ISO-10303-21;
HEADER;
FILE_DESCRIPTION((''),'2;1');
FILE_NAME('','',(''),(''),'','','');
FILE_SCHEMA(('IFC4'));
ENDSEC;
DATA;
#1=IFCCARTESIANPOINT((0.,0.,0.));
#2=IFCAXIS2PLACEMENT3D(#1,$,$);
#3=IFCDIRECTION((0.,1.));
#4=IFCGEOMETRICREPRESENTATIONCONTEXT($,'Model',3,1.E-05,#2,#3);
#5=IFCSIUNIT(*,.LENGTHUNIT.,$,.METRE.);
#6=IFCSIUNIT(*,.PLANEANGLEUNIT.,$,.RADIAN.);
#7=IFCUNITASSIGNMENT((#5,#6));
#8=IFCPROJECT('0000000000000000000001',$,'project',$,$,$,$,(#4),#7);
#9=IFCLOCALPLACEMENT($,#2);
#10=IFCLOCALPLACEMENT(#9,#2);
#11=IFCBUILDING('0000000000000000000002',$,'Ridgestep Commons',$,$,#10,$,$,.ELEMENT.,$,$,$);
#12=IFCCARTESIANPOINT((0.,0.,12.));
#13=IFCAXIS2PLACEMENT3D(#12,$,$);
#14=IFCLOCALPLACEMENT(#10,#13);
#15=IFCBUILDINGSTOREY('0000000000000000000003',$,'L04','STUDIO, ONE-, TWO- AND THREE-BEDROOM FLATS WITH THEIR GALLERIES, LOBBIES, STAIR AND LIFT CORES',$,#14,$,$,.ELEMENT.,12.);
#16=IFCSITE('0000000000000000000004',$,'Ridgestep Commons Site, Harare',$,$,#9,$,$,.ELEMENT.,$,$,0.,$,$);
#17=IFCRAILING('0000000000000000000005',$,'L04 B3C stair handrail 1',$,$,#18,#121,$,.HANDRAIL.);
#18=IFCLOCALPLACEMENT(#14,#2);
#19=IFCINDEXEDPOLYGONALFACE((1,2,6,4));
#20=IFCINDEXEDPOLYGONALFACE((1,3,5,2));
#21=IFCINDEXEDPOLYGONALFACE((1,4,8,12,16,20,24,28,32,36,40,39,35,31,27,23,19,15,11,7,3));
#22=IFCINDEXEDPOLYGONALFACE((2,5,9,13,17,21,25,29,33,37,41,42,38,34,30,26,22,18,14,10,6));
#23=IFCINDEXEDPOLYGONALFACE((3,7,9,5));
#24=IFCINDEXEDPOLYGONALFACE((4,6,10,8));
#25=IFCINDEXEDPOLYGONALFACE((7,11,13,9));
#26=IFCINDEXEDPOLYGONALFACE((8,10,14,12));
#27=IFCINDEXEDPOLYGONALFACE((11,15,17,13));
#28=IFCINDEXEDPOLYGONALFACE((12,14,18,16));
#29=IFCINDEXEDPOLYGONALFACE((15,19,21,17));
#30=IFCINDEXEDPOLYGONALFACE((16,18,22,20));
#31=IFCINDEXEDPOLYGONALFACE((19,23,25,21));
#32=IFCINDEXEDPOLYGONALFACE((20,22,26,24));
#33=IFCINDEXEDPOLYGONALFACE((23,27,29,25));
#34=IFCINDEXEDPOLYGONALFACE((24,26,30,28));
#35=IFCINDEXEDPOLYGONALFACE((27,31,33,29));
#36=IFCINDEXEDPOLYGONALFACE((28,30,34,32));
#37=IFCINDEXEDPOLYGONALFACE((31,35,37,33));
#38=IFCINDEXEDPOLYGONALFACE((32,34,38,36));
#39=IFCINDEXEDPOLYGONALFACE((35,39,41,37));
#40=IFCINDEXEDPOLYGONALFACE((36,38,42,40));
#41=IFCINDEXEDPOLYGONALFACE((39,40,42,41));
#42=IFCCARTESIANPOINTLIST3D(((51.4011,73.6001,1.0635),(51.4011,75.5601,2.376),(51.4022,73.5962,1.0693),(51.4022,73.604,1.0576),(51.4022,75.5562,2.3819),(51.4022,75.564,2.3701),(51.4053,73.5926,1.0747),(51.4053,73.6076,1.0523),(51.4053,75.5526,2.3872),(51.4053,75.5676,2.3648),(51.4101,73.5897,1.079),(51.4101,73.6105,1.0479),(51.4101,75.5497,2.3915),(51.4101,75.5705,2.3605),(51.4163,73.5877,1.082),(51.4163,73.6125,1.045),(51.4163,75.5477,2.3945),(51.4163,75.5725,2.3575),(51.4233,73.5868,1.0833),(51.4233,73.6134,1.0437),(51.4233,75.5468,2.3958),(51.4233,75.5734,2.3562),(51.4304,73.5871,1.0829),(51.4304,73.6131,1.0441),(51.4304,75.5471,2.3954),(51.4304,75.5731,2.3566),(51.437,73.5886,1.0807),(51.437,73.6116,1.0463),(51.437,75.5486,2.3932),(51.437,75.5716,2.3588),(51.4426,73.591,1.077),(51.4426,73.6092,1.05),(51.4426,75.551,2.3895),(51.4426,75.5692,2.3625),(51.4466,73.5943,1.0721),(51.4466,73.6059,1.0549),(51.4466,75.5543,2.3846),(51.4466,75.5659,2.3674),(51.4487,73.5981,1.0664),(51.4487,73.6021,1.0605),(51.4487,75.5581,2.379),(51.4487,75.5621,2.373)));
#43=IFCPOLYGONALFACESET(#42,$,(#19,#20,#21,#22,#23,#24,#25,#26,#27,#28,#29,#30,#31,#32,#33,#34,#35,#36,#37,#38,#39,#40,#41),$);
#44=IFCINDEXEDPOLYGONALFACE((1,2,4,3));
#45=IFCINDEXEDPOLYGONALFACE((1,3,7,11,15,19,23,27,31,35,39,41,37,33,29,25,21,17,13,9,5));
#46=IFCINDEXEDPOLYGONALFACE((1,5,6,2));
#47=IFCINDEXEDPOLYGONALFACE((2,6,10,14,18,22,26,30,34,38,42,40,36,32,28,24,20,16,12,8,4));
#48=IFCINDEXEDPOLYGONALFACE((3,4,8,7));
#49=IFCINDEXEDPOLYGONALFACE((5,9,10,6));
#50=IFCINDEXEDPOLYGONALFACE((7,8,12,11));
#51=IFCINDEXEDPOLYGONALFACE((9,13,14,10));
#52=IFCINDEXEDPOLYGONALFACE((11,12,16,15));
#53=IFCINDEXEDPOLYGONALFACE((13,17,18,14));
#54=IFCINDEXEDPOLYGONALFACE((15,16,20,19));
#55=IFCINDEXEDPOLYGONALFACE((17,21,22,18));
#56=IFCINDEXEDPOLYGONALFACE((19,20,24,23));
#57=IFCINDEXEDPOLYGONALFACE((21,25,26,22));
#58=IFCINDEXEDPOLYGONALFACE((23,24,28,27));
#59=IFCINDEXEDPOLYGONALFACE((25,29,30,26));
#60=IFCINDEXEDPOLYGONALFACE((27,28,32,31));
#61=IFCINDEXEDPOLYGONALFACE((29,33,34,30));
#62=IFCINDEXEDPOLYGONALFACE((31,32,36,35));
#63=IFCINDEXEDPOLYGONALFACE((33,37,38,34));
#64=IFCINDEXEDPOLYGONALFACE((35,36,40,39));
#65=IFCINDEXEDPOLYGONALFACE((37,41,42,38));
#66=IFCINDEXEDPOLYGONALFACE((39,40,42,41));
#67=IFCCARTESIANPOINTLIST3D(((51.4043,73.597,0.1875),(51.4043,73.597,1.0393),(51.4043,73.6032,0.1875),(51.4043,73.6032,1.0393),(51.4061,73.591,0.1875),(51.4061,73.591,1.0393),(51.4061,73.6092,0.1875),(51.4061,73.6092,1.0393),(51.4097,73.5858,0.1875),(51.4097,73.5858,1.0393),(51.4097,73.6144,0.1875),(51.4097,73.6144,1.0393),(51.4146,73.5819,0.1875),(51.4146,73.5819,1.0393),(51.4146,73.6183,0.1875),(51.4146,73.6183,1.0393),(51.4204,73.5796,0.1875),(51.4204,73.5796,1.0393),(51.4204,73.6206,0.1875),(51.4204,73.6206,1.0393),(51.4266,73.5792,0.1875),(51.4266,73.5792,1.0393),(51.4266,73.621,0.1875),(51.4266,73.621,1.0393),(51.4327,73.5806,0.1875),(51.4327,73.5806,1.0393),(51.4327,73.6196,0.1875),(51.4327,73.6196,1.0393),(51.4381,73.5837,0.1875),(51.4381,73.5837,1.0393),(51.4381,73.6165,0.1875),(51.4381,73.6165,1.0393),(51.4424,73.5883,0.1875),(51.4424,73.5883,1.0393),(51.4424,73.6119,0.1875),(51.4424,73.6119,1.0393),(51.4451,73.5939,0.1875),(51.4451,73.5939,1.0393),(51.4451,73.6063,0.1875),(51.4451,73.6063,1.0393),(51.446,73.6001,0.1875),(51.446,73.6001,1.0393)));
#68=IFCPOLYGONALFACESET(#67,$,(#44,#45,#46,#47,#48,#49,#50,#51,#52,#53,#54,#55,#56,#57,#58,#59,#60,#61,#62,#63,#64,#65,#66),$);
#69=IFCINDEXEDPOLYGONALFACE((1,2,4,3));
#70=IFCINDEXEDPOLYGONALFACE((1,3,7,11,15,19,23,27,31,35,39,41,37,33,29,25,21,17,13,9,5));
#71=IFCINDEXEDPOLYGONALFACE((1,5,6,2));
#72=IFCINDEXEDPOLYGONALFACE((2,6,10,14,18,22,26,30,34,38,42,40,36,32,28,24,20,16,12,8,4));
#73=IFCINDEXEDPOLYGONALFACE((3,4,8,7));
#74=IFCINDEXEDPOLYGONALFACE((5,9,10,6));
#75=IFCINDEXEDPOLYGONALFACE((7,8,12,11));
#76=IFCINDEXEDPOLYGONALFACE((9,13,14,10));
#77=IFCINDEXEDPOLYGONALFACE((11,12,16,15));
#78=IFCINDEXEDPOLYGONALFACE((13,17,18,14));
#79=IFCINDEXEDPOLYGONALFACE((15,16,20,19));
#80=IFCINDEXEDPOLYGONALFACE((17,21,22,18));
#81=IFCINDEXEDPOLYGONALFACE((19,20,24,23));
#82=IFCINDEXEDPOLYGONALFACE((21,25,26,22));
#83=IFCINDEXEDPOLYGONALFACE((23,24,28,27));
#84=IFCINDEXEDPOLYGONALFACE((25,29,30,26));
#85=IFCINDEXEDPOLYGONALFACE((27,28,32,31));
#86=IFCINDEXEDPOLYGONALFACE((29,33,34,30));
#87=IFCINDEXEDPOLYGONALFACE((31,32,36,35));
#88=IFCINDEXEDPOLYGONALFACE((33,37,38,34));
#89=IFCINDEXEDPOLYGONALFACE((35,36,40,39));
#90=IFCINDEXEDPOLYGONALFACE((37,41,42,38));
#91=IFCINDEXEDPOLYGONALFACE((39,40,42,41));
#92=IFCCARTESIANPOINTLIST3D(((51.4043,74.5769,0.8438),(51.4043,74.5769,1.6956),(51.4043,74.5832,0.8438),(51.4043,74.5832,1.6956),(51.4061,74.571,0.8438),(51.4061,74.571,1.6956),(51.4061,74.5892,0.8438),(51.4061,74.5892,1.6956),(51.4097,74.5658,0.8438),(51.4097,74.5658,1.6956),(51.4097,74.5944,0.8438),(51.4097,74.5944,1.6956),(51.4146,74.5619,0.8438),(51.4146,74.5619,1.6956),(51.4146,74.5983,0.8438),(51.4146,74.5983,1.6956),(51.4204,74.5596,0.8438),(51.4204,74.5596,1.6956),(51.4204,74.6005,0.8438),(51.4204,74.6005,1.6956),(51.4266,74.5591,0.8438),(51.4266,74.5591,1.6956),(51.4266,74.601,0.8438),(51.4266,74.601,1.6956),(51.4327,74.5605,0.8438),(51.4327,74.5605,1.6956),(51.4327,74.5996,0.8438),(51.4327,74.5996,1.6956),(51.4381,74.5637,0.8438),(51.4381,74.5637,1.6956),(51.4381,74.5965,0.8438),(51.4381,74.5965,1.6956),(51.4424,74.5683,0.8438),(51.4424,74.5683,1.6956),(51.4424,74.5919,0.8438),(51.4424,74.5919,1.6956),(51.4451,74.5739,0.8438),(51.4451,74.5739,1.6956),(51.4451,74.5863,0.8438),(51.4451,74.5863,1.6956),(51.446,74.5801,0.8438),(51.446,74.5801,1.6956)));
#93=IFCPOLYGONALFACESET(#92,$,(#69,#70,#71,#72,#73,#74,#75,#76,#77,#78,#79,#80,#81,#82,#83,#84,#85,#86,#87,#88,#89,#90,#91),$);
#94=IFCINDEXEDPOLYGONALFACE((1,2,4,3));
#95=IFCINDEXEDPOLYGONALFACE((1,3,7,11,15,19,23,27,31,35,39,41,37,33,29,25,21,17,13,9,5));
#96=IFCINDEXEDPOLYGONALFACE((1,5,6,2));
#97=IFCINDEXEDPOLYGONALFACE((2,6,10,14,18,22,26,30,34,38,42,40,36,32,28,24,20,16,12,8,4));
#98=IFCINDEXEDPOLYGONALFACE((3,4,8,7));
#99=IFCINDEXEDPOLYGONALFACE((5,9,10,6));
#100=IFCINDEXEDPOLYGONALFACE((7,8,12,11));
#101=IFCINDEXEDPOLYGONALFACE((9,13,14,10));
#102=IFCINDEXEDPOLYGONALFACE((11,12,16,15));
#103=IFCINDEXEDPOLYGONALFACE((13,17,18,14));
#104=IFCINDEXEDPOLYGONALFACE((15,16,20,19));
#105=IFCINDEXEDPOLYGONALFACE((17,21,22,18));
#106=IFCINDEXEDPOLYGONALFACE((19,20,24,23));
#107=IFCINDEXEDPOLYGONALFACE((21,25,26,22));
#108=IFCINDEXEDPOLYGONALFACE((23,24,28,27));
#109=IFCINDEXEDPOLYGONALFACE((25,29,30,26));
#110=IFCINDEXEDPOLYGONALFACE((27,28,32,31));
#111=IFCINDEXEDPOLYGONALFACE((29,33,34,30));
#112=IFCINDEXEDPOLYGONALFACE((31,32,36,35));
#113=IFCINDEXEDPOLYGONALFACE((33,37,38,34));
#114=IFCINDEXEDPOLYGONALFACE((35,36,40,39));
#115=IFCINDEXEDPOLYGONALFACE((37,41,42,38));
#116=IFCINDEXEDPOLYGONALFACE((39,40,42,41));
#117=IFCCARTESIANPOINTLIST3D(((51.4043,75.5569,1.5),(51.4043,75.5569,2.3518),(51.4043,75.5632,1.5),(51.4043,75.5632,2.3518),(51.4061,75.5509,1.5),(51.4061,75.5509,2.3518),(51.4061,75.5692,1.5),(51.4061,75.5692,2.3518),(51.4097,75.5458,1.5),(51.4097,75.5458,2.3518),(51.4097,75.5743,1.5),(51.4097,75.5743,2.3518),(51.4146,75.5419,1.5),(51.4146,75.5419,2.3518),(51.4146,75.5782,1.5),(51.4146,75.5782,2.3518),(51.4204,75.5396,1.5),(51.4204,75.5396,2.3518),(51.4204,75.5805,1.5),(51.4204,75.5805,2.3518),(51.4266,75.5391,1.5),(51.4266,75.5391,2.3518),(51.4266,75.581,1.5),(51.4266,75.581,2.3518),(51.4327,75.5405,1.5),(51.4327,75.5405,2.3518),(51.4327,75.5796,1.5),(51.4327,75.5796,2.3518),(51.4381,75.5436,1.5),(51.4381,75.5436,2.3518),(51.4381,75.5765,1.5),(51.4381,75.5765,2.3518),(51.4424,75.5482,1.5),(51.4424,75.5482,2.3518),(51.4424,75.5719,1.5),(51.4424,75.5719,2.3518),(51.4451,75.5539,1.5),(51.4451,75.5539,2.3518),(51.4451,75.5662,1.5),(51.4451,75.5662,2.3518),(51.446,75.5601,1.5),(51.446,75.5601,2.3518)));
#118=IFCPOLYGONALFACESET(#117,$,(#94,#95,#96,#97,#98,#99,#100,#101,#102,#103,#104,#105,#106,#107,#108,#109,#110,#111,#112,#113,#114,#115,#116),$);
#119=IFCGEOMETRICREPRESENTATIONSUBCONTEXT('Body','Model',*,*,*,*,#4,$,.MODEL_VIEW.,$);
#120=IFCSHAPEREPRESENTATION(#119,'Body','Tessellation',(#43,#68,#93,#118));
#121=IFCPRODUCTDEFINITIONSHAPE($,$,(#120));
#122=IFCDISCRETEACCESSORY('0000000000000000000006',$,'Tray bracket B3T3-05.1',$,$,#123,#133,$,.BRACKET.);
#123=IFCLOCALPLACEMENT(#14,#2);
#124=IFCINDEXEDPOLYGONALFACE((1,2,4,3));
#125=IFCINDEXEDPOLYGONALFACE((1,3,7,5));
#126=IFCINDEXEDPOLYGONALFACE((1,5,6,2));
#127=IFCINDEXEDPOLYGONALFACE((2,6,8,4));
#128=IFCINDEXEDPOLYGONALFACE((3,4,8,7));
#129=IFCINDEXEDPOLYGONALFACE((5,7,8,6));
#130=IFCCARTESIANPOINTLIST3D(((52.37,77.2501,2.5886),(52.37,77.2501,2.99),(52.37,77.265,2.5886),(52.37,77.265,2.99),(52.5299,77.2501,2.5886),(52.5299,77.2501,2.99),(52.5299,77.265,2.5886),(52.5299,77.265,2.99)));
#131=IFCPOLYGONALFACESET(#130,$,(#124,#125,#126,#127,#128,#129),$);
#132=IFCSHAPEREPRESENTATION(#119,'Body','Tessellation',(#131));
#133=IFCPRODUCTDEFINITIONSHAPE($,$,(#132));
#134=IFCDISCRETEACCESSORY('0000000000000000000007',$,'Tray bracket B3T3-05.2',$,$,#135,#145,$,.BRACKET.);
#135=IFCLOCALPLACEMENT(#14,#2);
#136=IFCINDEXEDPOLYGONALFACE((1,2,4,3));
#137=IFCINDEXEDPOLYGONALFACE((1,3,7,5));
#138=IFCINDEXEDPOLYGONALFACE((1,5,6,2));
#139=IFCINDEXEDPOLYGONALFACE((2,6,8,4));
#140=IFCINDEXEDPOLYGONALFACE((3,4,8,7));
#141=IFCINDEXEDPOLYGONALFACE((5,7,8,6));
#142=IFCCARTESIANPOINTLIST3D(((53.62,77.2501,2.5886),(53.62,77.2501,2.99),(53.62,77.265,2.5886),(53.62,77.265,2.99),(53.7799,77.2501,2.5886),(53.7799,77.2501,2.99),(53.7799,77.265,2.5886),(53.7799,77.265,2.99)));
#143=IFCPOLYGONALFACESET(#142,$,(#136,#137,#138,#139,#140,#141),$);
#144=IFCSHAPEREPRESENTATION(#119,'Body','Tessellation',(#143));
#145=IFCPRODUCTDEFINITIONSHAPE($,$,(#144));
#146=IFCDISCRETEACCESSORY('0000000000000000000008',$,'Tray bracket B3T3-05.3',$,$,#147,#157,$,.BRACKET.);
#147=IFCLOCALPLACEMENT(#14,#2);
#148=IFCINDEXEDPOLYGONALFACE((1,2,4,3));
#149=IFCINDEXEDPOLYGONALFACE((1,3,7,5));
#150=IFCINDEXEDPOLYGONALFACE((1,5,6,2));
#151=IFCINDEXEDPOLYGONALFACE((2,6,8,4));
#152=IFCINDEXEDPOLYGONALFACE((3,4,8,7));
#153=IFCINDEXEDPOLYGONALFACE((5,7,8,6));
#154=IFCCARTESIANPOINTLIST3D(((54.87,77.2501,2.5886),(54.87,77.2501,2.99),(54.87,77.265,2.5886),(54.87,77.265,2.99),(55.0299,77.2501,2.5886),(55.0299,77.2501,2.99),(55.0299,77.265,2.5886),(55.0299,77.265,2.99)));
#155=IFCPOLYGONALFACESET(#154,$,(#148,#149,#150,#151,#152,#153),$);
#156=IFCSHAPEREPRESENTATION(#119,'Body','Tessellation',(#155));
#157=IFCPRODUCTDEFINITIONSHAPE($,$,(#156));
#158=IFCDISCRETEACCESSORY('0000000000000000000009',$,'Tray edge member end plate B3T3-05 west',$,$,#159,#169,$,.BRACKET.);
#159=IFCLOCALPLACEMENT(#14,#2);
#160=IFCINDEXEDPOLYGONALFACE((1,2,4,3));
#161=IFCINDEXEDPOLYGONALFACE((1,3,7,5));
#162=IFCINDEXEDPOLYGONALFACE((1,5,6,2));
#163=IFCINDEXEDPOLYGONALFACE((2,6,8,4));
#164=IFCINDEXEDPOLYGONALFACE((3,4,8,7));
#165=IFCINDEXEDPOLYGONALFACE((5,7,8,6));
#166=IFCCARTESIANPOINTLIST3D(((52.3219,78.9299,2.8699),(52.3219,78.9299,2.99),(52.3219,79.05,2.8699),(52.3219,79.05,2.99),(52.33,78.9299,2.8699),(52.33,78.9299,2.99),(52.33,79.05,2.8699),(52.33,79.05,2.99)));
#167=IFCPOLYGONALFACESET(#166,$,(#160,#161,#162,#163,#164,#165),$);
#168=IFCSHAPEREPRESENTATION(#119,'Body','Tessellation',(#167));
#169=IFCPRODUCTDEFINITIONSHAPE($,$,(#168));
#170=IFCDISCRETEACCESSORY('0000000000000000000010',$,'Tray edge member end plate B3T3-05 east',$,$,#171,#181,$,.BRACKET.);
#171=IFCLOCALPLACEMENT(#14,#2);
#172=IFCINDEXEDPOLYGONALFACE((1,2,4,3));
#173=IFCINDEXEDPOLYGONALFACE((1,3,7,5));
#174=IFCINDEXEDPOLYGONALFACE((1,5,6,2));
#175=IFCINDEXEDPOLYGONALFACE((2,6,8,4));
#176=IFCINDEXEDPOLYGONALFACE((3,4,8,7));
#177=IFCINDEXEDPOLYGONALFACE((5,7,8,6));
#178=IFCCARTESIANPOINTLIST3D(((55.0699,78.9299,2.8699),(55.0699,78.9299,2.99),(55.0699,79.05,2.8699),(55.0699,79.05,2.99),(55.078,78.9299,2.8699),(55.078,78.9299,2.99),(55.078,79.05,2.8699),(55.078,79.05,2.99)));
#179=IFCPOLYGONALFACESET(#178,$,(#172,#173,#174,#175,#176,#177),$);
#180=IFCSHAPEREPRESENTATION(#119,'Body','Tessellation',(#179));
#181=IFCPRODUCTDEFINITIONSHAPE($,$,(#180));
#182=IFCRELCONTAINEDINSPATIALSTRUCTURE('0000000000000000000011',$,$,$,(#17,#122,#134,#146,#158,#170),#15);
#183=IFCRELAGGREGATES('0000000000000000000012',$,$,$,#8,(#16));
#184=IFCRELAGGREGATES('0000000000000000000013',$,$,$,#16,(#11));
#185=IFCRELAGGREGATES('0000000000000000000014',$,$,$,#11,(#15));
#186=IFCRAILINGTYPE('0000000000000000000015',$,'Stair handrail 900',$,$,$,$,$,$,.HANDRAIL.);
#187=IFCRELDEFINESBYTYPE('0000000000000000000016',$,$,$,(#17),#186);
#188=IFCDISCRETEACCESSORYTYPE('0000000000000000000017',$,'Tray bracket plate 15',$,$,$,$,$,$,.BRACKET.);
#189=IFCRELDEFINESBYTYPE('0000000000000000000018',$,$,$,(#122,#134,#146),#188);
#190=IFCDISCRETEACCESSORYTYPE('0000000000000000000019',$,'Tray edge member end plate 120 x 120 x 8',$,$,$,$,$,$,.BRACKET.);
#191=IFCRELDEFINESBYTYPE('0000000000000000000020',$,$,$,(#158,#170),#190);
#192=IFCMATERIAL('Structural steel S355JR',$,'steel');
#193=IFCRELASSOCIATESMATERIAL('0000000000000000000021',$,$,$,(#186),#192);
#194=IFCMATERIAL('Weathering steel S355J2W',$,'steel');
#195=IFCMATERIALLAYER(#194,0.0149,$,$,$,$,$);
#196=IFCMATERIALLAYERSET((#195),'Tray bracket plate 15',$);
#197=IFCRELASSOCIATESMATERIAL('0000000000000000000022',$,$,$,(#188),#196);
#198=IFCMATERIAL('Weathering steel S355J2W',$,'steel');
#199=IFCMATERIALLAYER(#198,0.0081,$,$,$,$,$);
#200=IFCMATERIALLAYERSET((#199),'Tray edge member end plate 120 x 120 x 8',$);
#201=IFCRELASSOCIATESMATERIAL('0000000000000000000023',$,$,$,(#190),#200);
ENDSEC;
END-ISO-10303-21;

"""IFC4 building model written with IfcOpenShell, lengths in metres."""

from ifc_helpers import new_model, si_unit, direction, frame, origin, origin_2d, place, context, subcontext, project, spatial, rectangle, circle, extrude, material, layer, layer_set, type_object, element, save


model = new_model("IFC4")

# Units and contexts
model_context = context("Model", 3, precision=1e-05, world=origin(), true_north=direction((0.0, 1.0)))
body_context = subcontext(model_context, "Body", "Model", "MODEL_VIEW")
ifc_project = project(units=[si_unit("LENGTHUNIT", "METRE"), si_unit("PLANEANGLEUNIT", "RADIAN")], contexts=[model_context])

# Site, building, storey
site_placement = place(None, origin())
site = spatial("IfcSite", under=ifc_project, at=site_placement, Name="Ridgestep Commons Site, Harare", CompositionType="ELEMENT", RefElevation=0.0)
building_placement = place(site_placement, origin())
building = spatial("IfcBuilding", under=site, at=building_placement, Name="Ridgestep Commons", CompositionType="ELEMENT")
storey_placement = place(building_placement, frame((0.0, 0.0, 12.0)))
storey = spatial("IfcBuildingStorey", under=building, at=storey_placement, Name="L04", Description="STUDIO, ONE-, TWO- AND THREE-BEDROOM FLATS WITH THEIR GALLERIES, LOBBIES, STAIR AND LIFT CORES", CompositionType="ELEMENT", Elevation=12.0)

# Railing
ifc_material_1 = material(Name="Structural steel S355JR", Category="steel")
railing_type = type_object("IfcRailingType", Name="Stair handrail 900", PredefinedType="HANDRAIL", material=ifc_material_1)
railing_placement = place(storey_placement, frame((51.425, 73.6001, 0.1875)))
element("IfcRailing", 1, at=railing_placement, inside=storey, type_object=railing_type, Name="L04 B3C stair handrail 1", PredefinedType="HANDRAIL", context=body_context, shape_type="SweptSolid", body=[
    extrude(circle(Radius=0.0239, at=origin_2d()), frame((0.0, 0.0, 0.876), z_axis=(0.0, 0.830902, 0.556419), x_axis=(-1.0, 0.0, 0.0)), (0.0, 0.0, 1.0), 2.3589),
    extrude(circle(Radius=0.021, at=origin_2d()), origin(), (0.0, 0.0, 1.0), 0.8518),
    extrude(circle(Radius=0.021, at=origin_2d()), frame((0.0, 0.98, 0.6562)), (0.0, 0.0, 1.0), 0.8518),
    extrude(circle(Radius=0.021, at=origin_2d()), frame((0.0, 1.96, 1.3125)), (0.0, 0.0, 1.0), 0.8518),
])

# Discrete accessories
ifc_material_2 = material(Name="Weathering steel S355J2W", Category="steel")
ifc_layer_1 = layer(ifc_material_2, 0.0149)
ifc_layer_set_1 = layer_set([ifc_layer_1], Name="Tray bracket plate 15")
discrete_accessory_type_1 = type_object("IfcDiscreteAccessoryType", Name="Tray bracket plate 15", PredefinedType="BRACKET", material=ifc_layer_set_1)
for number, where, z_axis, x_axis, name in (
    (2, (52.45, 77.2576, 2.5886), (0.0, 0.0, 1.0), (1.0, 0.0, 0.0), "Tray bracket B3T3-05.1"),
    (3, (53.7, 77.2576, 2.5886), (0.0, 0.0, 1.0), (1.0, 0.0, 0.0), "Tray bracket B3T3-05.2"),
    (4, (54.95, 77.2576, 2.5886), (0.0, 0.0, 1.0), (1.0, 0.0, 0.0), "Tray bracket B3T3-05.3"),
):
    element("IfcDiscreteAccessory", number, at=place(storey_placement, frame(where, z_axis=z_axis, x_axis=x_axis)), inside=storey, type_object=discrete_accessory_type_1, Name=name, PredefinedType="BRACKET", context=body_context, shape_type="SweptSolid", body=[
        extrude(rectangle(XDim=0.1599, YDim=0.0149, at=origin_2d()), origin(), (0.0, 0.0, 1.0), 0.4014),
    ])
ifc_material_3 = material(Name="Weathering steel S355J2W", Category="steel")
ifc_layer_2 = layer(ifc_material_3, 0.0081)
ifc_layer_set_2 = layer_set([ifc_layer_2], Name="Tray edge member end plate 120 x 120 x 8")
discrete_accessory_type_2 = type_object("IfcDiscreteAccessoryType", Name="Tray edge member end plate 120 x 120 x 8", PredefinedType="BRACKET", material=ifc_layer_set_2)
for number, where, z_axis, x_axis, name in (
    (5, (52.3259, 78.99, 2.8699), (0.0, 0.0, 1.0), (1.0, 0.0, 0.0), "Tray edge member end plate B3T3-05 west"),
    (6, (55.074, 78.99, 2.8699), (0.0, 0.0, 1.0), (1.0, 0.0, 0.0), "Tray edge member end plate B3T3-05 east"),
):
    element("IfcDiscreteAccessory", number, at=place(storey_placement, frame(where, z_axis=z_axis, x_axis=x_axis)), inside=storey, type_object=discrete_accessory_type_2, Name=name, PredefinedType="BRACKET", context=body_context, shape_type="SweptSolid", body=[
        extrude(rectangle(XDim=0.0081, YDim=0.1201, at=origin_2d()), origin(), (0.0, 0.0, 1.0), 0.1201),
    ])

save(model, "model.ifc")
